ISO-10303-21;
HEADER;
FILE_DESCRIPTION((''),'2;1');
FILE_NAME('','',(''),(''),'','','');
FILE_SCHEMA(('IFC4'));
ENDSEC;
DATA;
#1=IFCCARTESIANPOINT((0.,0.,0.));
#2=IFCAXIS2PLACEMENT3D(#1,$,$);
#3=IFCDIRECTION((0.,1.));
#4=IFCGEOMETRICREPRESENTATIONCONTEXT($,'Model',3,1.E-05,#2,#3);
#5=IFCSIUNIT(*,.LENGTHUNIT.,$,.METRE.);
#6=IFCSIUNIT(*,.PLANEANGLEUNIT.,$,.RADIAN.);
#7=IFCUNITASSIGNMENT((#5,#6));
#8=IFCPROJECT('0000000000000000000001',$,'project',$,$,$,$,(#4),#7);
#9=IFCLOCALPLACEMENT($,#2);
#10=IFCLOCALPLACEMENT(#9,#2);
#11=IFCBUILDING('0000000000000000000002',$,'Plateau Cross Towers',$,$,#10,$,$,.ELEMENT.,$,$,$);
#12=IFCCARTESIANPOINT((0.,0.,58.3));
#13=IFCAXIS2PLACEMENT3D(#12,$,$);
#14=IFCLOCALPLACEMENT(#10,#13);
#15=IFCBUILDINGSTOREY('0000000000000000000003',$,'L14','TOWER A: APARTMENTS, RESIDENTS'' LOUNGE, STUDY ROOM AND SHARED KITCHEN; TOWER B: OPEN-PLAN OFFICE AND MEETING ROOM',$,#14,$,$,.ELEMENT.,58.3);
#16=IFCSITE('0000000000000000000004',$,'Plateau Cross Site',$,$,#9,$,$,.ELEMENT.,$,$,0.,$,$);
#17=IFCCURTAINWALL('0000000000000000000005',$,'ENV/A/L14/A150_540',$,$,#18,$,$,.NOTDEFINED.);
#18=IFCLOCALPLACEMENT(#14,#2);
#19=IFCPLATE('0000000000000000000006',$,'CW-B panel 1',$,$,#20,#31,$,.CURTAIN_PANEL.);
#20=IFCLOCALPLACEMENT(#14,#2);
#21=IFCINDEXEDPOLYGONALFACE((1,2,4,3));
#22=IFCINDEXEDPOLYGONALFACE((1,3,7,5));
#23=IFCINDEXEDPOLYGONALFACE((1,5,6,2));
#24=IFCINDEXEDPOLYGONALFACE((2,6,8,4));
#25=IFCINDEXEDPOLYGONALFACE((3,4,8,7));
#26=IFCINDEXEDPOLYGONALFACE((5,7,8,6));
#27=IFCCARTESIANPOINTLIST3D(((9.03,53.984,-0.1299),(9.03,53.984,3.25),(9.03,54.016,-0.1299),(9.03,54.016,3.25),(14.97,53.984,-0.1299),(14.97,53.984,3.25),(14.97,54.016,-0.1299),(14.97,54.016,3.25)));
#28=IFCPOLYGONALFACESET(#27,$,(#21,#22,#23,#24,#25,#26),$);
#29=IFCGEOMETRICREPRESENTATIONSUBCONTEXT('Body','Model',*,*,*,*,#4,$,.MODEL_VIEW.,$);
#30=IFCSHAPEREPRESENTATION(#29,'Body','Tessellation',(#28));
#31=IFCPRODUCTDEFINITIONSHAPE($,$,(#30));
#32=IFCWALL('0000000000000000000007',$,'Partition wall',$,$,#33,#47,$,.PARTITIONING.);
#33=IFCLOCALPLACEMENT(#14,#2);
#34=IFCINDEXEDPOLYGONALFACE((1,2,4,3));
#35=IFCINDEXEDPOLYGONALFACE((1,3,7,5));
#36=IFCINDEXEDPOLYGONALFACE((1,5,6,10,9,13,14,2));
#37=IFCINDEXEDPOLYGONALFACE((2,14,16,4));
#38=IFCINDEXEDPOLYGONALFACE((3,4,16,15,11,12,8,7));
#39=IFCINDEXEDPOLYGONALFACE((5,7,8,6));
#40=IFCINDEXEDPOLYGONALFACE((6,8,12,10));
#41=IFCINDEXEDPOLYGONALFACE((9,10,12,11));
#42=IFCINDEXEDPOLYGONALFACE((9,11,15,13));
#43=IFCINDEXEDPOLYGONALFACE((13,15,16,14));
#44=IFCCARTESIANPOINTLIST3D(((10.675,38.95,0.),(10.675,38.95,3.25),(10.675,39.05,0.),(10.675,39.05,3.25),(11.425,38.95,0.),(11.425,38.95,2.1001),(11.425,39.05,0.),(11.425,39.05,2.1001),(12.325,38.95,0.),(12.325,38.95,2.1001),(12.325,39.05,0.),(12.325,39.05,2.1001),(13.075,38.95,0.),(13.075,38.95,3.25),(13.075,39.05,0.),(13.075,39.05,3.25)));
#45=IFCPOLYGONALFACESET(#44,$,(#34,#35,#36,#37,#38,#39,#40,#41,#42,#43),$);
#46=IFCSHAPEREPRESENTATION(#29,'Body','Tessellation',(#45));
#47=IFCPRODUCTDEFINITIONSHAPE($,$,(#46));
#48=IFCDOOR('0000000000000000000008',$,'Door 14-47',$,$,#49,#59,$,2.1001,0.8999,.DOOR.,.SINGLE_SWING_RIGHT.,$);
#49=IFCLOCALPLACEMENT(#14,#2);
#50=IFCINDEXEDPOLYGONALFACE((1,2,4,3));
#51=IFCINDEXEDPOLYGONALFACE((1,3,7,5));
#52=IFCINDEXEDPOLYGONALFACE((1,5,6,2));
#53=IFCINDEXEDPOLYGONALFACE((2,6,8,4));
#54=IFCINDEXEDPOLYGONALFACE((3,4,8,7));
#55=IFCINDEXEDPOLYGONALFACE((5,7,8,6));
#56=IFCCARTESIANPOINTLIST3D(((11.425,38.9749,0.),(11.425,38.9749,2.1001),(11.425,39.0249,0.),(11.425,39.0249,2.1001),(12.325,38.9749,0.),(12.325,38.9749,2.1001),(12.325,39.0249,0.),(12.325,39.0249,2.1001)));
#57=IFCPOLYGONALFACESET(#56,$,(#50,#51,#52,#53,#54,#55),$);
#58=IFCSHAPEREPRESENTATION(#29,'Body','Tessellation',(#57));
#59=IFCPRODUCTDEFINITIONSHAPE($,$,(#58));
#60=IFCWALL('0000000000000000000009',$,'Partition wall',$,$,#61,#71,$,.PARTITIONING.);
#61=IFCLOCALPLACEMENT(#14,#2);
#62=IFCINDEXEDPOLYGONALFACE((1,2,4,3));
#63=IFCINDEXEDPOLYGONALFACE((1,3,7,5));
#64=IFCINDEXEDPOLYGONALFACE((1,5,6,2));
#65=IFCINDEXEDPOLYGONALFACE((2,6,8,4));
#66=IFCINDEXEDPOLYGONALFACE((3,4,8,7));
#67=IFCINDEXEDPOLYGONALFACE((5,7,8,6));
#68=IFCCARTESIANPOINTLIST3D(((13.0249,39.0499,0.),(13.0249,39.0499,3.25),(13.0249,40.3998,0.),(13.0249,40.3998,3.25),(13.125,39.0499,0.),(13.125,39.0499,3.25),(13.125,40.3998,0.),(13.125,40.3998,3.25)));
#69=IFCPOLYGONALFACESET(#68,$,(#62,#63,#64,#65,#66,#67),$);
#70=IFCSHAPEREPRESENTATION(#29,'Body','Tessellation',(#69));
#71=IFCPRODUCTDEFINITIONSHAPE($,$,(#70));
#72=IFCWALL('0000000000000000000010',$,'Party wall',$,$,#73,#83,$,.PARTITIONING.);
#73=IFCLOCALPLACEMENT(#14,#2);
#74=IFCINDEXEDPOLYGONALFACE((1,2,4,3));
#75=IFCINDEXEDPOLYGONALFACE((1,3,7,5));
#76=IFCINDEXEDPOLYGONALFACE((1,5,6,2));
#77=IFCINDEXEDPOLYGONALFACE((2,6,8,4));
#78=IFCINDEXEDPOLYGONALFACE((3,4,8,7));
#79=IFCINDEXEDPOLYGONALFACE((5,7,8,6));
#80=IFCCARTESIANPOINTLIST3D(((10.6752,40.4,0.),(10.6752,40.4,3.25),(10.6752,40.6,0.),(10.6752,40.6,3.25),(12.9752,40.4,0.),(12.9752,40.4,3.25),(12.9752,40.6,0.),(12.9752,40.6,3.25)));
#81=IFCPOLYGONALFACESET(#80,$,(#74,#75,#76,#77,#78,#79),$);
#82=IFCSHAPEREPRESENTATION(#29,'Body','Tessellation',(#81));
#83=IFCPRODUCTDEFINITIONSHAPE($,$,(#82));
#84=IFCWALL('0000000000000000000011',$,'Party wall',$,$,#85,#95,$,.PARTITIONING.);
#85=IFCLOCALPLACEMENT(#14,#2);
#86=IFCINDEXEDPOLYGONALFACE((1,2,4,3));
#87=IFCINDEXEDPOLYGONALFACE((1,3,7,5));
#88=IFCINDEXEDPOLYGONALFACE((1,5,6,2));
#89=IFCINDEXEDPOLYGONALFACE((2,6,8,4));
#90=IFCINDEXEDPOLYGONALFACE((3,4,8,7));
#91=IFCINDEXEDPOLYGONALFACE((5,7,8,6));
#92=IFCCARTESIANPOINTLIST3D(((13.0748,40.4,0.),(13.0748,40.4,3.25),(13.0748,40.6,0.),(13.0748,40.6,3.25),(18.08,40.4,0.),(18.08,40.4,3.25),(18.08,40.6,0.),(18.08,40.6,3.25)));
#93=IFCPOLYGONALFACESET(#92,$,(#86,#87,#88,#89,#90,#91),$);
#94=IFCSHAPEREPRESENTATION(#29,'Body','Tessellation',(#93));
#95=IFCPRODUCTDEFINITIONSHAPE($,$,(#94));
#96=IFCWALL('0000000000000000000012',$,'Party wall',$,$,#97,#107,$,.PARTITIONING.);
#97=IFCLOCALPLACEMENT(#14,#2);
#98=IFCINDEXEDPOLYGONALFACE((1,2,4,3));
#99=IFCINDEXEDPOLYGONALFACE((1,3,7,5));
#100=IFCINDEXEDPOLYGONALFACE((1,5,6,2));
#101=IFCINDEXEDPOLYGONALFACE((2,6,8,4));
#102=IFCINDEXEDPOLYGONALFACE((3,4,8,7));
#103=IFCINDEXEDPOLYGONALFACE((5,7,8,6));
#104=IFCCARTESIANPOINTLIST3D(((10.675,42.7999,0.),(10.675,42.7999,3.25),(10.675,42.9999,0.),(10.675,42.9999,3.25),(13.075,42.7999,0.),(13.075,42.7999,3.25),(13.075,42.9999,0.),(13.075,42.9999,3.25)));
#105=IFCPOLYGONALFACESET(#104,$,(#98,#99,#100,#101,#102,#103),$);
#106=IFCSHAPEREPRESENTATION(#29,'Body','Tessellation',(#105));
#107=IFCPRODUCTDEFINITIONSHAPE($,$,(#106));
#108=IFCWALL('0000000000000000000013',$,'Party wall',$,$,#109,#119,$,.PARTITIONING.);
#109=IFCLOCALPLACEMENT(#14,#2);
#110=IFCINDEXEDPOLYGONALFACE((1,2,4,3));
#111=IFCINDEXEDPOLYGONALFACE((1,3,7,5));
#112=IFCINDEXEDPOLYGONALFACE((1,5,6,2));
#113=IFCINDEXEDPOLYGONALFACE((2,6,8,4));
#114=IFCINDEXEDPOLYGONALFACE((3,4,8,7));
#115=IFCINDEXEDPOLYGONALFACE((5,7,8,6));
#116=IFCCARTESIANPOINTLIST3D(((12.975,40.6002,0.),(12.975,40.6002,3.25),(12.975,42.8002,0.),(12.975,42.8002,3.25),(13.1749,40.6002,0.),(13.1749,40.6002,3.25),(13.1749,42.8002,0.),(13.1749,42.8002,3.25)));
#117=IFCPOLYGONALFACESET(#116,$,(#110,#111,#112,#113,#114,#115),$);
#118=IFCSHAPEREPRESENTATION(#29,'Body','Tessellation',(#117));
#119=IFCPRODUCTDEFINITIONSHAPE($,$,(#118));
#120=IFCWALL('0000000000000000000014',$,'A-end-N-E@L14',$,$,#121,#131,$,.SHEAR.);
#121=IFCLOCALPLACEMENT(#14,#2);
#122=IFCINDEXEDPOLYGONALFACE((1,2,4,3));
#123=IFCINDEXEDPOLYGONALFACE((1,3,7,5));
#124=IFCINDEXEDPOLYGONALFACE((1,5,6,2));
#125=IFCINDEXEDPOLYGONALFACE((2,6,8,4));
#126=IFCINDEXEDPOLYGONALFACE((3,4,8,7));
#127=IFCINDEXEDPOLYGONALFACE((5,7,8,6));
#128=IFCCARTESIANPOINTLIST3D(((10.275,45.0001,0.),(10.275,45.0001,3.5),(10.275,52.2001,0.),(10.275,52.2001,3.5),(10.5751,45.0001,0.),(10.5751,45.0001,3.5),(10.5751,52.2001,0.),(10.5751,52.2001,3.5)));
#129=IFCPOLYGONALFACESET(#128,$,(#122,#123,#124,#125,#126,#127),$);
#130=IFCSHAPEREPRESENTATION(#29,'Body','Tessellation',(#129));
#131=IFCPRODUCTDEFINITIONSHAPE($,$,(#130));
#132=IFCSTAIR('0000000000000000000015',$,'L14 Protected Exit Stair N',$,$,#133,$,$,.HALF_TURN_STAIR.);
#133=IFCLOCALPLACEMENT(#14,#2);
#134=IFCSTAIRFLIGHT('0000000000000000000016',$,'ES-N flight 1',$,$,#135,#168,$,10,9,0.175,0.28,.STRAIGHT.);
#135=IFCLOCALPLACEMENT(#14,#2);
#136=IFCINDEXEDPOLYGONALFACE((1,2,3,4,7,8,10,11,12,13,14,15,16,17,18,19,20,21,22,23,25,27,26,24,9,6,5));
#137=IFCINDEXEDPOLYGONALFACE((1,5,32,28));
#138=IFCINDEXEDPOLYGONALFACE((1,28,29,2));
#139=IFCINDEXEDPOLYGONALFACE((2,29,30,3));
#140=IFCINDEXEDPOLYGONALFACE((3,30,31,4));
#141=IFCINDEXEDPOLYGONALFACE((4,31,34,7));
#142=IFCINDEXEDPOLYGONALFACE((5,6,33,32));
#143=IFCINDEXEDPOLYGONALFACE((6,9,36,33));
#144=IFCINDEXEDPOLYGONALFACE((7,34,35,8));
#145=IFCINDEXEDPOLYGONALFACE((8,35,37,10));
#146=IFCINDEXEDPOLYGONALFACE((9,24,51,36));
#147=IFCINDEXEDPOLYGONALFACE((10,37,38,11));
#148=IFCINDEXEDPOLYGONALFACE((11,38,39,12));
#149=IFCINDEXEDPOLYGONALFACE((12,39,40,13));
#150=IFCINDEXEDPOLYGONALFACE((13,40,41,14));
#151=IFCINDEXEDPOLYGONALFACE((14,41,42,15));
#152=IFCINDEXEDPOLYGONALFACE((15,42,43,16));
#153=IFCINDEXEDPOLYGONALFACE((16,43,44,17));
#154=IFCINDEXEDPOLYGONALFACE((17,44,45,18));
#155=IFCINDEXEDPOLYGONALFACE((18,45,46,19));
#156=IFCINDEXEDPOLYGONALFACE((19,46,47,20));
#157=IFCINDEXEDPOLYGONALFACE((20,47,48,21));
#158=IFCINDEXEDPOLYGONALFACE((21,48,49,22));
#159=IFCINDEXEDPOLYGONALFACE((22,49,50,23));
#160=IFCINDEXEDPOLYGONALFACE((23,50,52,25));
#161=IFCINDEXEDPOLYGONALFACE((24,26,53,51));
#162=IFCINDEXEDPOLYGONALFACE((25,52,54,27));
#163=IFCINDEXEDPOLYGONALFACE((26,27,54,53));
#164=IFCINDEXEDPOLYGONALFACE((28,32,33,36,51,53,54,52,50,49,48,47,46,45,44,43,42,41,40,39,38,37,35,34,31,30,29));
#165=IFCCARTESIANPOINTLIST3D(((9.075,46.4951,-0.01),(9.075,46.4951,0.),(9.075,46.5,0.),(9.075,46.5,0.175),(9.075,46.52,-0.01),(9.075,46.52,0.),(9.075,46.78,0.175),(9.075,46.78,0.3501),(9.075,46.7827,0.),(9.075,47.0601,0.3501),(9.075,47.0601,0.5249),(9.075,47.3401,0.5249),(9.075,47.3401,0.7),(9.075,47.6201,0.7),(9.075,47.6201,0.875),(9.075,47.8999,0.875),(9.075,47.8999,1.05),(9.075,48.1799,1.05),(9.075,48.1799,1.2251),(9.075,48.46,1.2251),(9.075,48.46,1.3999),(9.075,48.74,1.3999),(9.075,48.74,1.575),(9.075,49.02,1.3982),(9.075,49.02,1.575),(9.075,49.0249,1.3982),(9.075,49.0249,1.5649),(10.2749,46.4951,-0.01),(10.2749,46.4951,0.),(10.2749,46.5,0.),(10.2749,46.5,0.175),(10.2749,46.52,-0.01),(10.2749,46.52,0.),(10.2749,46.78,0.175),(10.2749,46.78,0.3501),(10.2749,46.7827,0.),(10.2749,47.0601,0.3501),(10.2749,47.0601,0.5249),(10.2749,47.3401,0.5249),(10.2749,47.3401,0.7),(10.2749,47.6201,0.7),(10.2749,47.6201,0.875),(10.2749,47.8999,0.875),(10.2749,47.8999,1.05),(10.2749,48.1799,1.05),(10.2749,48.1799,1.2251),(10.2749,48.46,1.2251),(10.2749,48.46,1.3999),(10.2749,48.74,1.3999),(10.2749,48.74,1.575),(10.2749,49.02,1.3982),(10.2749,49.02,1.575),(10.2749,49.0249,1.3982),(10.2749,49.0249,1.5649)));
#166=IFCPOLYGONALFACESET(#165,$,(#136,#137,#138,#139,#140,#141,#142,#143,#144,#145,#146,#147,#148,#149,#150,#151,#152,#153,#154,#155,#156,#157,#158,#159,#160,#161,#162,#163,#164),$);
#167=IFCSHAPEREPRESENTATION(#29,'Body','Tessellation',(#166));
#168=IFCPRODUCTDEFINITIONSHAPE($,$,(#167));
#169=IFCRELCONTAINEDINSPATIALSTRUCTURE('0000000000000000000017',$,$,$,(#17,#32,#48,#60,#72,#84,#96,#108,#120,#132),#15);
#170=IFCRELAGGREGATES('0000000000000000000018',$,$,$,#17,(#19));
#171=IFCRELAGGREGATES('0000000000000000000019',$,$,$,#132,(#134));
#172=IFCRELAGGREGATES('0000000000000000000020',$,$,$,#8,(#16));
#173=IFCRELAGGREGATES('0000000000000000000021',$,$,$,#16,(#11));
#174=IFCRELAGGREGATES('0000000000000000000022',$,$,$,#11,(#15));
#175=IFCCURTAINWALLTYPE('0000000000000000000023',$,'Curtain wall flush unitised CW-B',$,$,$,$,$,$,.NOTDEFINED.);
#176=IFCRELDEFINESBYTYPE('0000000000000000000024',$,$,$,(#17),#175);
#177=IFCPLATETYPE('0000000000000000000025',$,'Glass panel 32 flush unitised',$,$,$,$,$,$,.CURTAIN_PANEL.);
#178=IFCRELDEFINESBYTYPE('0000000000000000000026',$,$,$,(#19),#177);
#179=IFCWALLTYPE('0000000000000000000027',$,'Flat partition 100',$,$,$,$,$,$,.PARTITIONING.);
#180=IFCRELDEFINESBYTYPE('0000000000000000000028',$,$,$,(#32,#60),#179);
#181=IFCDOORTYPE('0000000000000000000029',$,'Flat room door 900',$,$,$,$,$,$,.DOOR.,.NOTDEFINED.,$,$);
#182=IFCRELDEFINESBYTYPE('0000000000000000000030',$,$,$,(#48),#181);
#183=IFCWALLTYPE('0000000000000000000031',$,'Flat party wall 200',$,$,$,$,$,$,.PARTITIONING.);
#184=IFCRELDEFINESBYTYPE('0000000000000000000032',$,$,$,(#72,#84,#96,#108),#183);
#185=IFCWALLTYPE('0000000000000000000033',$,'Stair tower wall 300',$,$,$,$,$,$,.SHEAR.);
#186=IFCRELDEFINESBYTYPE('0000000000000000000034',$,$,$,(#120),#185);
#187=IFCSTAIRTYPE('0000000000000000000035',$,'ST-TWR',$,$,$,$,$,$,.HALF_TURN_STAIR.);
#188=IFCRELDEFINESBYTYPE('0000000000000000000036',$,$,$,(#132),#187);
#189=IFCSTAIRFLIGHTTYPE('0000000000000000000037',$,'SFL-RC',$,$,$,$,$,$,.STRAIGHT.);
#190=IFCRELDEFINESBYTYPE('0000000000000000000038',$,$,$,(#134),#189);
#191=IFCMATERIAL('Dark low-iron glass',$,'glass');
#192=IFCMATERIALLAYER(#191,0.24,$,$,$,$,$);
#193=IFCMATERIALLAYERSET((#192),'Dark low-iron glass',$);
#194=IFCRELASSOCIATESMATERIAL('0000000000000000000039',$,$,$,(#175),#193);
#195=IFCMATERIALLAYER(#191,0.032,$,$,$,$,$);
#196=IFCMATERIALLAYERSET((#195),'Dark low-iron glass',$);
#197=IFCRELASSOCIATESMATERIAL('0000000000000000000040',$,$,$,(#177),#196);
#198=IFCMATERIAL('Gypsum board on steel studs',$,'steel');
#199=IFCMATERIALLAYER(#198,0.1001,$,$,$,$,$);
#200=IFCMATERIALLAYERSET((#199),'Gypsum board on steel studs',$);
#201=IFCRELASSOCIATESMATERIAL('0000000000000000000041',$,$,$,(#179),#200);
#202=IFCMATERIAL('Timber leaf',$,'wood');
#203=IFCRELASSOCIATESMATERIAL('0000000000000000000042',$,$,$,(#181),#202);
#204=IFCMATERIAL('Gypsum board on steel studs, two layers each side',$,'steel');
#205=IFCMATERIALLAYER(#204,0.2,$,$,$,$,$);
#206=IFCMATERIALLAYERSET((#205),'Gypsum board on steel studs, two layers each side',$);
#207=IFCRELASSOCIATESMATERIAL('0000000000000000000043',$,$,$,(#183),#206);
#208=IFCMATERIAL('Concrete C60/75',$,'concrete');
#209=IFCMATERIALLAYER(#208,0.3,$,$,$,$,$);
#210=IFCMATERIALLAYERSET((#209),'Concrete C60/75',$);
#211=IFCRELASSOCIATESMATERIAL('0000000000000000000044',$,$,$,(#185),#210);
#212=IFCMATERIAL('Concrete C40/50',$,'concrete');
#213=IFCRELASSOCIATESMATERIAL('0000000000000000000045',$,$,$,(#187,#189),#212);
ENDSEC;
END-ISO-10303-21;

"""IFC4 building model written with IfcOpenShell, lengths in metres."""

from ifc_helpers import new_model, si_unit, direction, frame, frame_2d, origin, origin_2d, place, context, subcontext, project, spatial, polyline, rectangle, outline, extrude, material, layer, layer_set, type_object, element, fill, aggregate, save


model = new_model("IFC4")

# Units and contexts
model_context = context("Model", 3, precision=1e-05, world=origin(), true_north=direction((0.0, 1.0)))
body_context = subcontext(model_context, "Body", "Model", "MODEL_VIEW")
ifc_project = project(units=[si_unit("LENGTHUNIT", "METRE"), si_unit("PLANEANGLEUNIT", "RADIAN")], contexts=[model_context])

# Site, building, storey
site_placement = place(None, origin())
site = spatial("IfcSite", under=ifc_project, at=site_placement, Name="Plateau Cross Site", CompositionType="ELEMENT", RefElevation=0.0)
building_placement = place(site_placement, origin())
building = spatial("IfcBuilding", under=site, at=building_placement, Name="Plateau Cross Towers", CompositionType="ELEMENT")
storey_placement = place(building_placement, frame((0.0, 0.0, 58.3)))
storey = spatial("IfcBuildingStorey", under=building, at=storey_placement, Name="L14", Description="TOWER A: APARTMENTS, RESIDENTS' LOUNGE, STUDY ROOM AND SHARED KITCHEN; TOWER B: OPEN-PLAN OFFICE AND MEETING ROOM", CompositionType="ELEMENT", Elevation=58.3)

# Shared definitions
ifc_material_1 = material(Name="Concrete C60/75", Category="concrete")

# Shared definitions
ifc_material_2 = material(Name="Dark low-iron glass", Category="glass")
ifc_layer_1 = layer(ifc_material_2, 0.24)
ifc_layer_set_1 = layer_set([ifc_layer_1], Name="Dark low-iron glass")
curtain_wall_type = type_object("IfcCurtainWallType", Name="Curtain wall flush unitised CW-B", PredefinedType="NOTDEFINED", material=ifc_layer_set_1)

# Curtain wall
curtain_wall_1_placement = place(storey_placement, origin())
curtain_wall_1 = element("IfcCurtainWall", 1, at=curtain_wall_1_placement, inside=storey, type_object=curtain_wall_type, Name="ENV/A/L14/A150_540", PredefinedType="NOTDEFINED")

# Plate
ifc_layer_2 = layer(ifc_material_2, 0.032)
ifc_layer_set_2 = layer_set([ifc_layer_2], Name="Dark low-iron glass")
plate_type = type_object("IfcPlateType", Name="Glass panel 32 flush unitised", PredefinedType="CURTAIN_PANEL", material=ifc_layer_set_2)
plate_1_placement = place(storey_placement, frame((12.0, 54.0, -0.1299), z_axis=(0.0, 0.0, 1.0), x_axis=(-1.0, 0.0, 0.0)))
plate_1 = element("IfcPlate", 2, at=plate_1_placement, type_object=plate_type, Name="CW-B panel 1", PredefinedType="CURTAIN_PANEL", context=body_context, shape_type="SweptSolid", body=[
    extrude(rectangle(XDim=5.9399, YDim=0.032, at=origin_2d()), origin(), (0.0, 0.0, 1.0), 3.3799),
])
aggregate(curtain_wall_1, [plate_1])

# Wall, opening, door
ifc_material_3 = material(Name="Gypsum board on steel studs", Category="steel")
ifc_layer_3 = layer(ifc_material_3, 0.1001)
ifc_layer_set_3 = layer_set([ifc_layer_3], Name="Gypsum board on steel studs")
wall_type_1 = type_object("IfcWallType", Name="Flat partition 100", PredefinedType="PARTITIONING", material=ifc_layer_set_3)
wall_1_placement = place(storey_placement, frame((10.675, 39.0, 0.0), z_axis=(0.0, 0.0, 1.0), x_axis=(1.0, 0.0, 0.0)))
wall_1 = element("IfcWall", 3, at=wall_1_placement, inside=storey, type_object=wall_type_1, Name="Partition wall", PredefinedType="PARTITIONING", context=body_context, shape_type="SweptSolid", body=[
    extrude(rectangle(XDim=2.3999, YDim=0.1001, at=frame_2d((1.2, 0.0))), origin(), (0.0, 0.0, 1.0), 3.25),
])
opening_placement = place(wall_1_placement, frame((0.75, 0.0, 0.0)))
opening = element("IfcOpeningElement", 4, at=opening_placement, cuts=wall_1, PredefinedType="OPENING", context=body_context, shape_type="SweptSolid", body=[
    extrude(rectangle(XDim=0.8999, YDim=2.1001, at=frame_2d((0.45, 1.05))), frame((0.0, 0.0601, 0.0), z_axis=(0.0, -1.0, 0.0), x_axis=(1.0, 0.0, 0.0)), (0.0, 0.0, 1.0), 0.1201),
])
ifc_material_4 = material(Name="Timber leaf", Category="wood")
door_type = type_object("IfcDoorType", Name="Flat room door 900", OperationType="NOTDEFINED", PredefinedType="DOOR", material=ifc_material_4)
door_placement = place(opening_placement, origin())
door = element("IfcDoor", 5, at=door_placement, inside=storey, type_object=door_type, Name="Door 14-47", OperationType="SINGLE_SWING_RIGHT", OverallHeight=2.1001, OverallWidth=0.8999, PredefinedType="DOOR", context=body_context, shape_type="SweptSolid", body=[
    extrude(rectangle(XDim=0.8999, YDim=2.1001, at=frame_2d((0.45, 1.05))), frame((0.0, 0.0249, 0.0), z_axis=(0.0, -1.0, 0.0), x_axis=(1.0, 0.0, 0.0)), (0.0, 0.0, 1.0), 0.05),
])
fill(opening, door)

# Walls
wall_2_placement = place(storey_placement, frame((13.075, 39.05, 0.0), z_axis=(0.0, 0.0, 1.0), x_axis=(0.0, 1.0, 0.0)))
element("IfcWall", 6, at=wall_2_placement, inside=storey, type_object=wall_type_1, Name="Partition wall", PredefinedType="PARTITIONING", context=body_context, shape_type="SweptSolid", body=[
    extrude(rectangle(XDim=1.3499, YDim=0.1001, at=frame_2d((0.6748, 0.0))), origin(), (0.0, 0.0, 1.0), 3.25),
])
ifc_material_5 = material(Name="Gypsum board on steel studs, two layers each side", Category="steel")
ifc_layer_4 = layer(ifc_material_5, 0.2)
ifc_layer_set_4 = layer_set([ifc_layer_4], Name="Gypsum board on steel studs, two layers each side")
wall_type_2 = type_object("IfcWallType", Name="Flat party wall 200", PredefinedType="PARTITIONING", material=ifc_layer_set_4)
wall_3_placement = place(storey_placement, frame((12.9751, 40.5, 0.0), z_axis=(0.0, 0.0, 1.0), x_axis=(-1.0, 0.0, 0.0)))
element("IfcWall", 7, at=wall_3_placement, inside=storey, type_object=wall_type_2, Name="Party wall", PredefinedType="PARTITIONING", context=body_context, shape_type="SweptSolid", body=[
    extrude(rectangle(XDim=2.3, YDim=0.2, at=frame_2d((1.1499, 0.0))), origin(), (0.0, 0.0, 1.0), 3.25),
])
wall_4_placement = place(storey_placement, frame((13.075, 40.5, 0.0), z_axis=(0.0, 0.0, 1.0), x_axis=(1.0, 0.0, 0.0)))
element("IfcWall", 8, at=wall_4_placement, inside=storey, type_object=wall_type_2, Name="Party wall", PredefinedType="PARTITIONING", context=body_context, shape_type="SweptSolid", body=[
    extrude(rectangle(XDim=5.0051, YDim=0.2, at=frame_2d((2.5024, 0.0))), origin(), (0.0, 0.0, 1.0), 3.25),
])
wall_5_placement = place(storey_placement, frame((13.075, 42.8999, 0.0), z_axis=(0.0, 0.0, 1.0), x_axis=(-1.0, 0.0, 0.0)))
element("IfcWall", 9, at=wall_5_placement, inside=storey, type_object=wall_type_2, Name="Party wall", PredefinedType="PARTITIONING", context=body_context, shape_type="SweptSolid", body=[
    extrude(rectangle(XDim=2.3999, YDim=0.2, at=frame_2d((1.2, 0.0))), origin(), (0.0, 0.0, 1.0), 3.25),
])
wall_6_placement = place(storey_placement, frame((13.075, 40.6001, 0.0), z_axis=(0.0, 0.0, 1.0), x_axis=(0.0, 1.0, 0.0)))
element("IfcWall", 10, at=wall_6_placement, inside=storey, type_object=wall_type_2, Name="Party wall", PredefinedType="PARTITIONING", context=body_context, shape_type="SweptSolid", body=[
    extrude(rectangle(XDim=2.2, YDim=0.2, at=frame_2d((1.1001, 0.0))), origin(), (0.0, 0.0, 1.0), 3.25),
])
ifc_layer_5 = layer(ifc_material_1, 0.3)
ifc_layer_set_5 = layer_set([ifc_layer_5], Name="Concrete C60/75")
wall_type_3 = type_object("IfcWallType", Name="Stair tower wall 300", PredefinedType="SHEAR", material=ifc_layer_set_5)
wall_7_placement = place(storey_placement, frame((10.425, 45.0, 0.0), z_axis=(0.0, 0.0, 1.0), x_axis=(0.0, 1.0, 0.0)))
element("IfcWall", 11, at=wall_7_placement, inside=storey, type_object=wall_type_3, Name="A-end-N-E@L14", PredefinedType="SHEAR", context=body_context, shape_type="SweptSolid", body=[
    extrude(rectangle(XDim=7.2, YDim=0.3, at=frame_2d((3.6001, 0.0))), origin(), (0.0, 0.0, 1.0), 3.5),
])

# Stair, stair flight
ifc_material_6 = material(Name="Concrete C40/50", Category="concrete")
stair_type = type_object("IfcStairType", Name="ST-TWR", PredefinedType="HALF_TURN_STAIR", material=ifc_material_6)
stair_placement = place(storey_placement, origin())
stair = element("IfcStair", 12, at=stair_placement, inside=storey, type_object=stair_type, Name="L14 Protected Exit Stair N", PredefinedType="HALF_TURN_STAIR")
stair_flight_type = type_object("IfcStairFlightType", Name="SFL-RC", PredefinedType="STRAIGHT", material=ifc_material_6)
stair_flight_1_placement = place(storey_placement, frame((9.675, 46.5, 0.0), z_axis=(0.0, 0.0, 1.0), x_axis=(0.0, 1.0, 0.0)))
stair_flight_1 = element("IfcStairFlight", 13, at=stair_flight_1_placement, type_object=stair_flight_type, Name="ES-N flight 1", NumberOfRisers=10, NumberOfTreads=9, PredefinedType="STRAIGHT", RiserHeight=0.175, TreadLength=0.28, context=body_context, shape_type="SweptSolid", body=[
    extrude(outline(polyline([(-0.0049, -0.01), (-0.0049, 0.0), (0.0, 0.0), (0.0, 0.175), (0.28, 0.175), (0.28, 0.3501), (0.5601, 0.3501), (0.5601, 0.5249), (0.8401, 0.5249), (0.8401, 0.7), (1.1201, 0.7), (1.1201, 0.875), (1.3999, 0.875), (1.3999, 1.05), (1.6799, 1.05), (1.6799, 1.2251), (1.96, 1.2251), (1.96, 1.3999), (2.24, 1.3999), (2.24, 1.575), (2.52, 1.575), (2.5249, 1.5649), (2.5249, 1.3982), (2.52, 1.3982), (0.2827, 0.0), (0.02, 0.0), (0.02, -0.01), (-0.0049, -0.01)])), frame((0.0, 0.6001, 0.0), z_axis=(0.0, -1.0, 0.0), x_axis=(1.0, 0.0, 0.0)), (0.0, 0.0, 1.0), 1.2),
])
aggregate(stair, [stair_flight_1])

save(model, "model.ifc")
